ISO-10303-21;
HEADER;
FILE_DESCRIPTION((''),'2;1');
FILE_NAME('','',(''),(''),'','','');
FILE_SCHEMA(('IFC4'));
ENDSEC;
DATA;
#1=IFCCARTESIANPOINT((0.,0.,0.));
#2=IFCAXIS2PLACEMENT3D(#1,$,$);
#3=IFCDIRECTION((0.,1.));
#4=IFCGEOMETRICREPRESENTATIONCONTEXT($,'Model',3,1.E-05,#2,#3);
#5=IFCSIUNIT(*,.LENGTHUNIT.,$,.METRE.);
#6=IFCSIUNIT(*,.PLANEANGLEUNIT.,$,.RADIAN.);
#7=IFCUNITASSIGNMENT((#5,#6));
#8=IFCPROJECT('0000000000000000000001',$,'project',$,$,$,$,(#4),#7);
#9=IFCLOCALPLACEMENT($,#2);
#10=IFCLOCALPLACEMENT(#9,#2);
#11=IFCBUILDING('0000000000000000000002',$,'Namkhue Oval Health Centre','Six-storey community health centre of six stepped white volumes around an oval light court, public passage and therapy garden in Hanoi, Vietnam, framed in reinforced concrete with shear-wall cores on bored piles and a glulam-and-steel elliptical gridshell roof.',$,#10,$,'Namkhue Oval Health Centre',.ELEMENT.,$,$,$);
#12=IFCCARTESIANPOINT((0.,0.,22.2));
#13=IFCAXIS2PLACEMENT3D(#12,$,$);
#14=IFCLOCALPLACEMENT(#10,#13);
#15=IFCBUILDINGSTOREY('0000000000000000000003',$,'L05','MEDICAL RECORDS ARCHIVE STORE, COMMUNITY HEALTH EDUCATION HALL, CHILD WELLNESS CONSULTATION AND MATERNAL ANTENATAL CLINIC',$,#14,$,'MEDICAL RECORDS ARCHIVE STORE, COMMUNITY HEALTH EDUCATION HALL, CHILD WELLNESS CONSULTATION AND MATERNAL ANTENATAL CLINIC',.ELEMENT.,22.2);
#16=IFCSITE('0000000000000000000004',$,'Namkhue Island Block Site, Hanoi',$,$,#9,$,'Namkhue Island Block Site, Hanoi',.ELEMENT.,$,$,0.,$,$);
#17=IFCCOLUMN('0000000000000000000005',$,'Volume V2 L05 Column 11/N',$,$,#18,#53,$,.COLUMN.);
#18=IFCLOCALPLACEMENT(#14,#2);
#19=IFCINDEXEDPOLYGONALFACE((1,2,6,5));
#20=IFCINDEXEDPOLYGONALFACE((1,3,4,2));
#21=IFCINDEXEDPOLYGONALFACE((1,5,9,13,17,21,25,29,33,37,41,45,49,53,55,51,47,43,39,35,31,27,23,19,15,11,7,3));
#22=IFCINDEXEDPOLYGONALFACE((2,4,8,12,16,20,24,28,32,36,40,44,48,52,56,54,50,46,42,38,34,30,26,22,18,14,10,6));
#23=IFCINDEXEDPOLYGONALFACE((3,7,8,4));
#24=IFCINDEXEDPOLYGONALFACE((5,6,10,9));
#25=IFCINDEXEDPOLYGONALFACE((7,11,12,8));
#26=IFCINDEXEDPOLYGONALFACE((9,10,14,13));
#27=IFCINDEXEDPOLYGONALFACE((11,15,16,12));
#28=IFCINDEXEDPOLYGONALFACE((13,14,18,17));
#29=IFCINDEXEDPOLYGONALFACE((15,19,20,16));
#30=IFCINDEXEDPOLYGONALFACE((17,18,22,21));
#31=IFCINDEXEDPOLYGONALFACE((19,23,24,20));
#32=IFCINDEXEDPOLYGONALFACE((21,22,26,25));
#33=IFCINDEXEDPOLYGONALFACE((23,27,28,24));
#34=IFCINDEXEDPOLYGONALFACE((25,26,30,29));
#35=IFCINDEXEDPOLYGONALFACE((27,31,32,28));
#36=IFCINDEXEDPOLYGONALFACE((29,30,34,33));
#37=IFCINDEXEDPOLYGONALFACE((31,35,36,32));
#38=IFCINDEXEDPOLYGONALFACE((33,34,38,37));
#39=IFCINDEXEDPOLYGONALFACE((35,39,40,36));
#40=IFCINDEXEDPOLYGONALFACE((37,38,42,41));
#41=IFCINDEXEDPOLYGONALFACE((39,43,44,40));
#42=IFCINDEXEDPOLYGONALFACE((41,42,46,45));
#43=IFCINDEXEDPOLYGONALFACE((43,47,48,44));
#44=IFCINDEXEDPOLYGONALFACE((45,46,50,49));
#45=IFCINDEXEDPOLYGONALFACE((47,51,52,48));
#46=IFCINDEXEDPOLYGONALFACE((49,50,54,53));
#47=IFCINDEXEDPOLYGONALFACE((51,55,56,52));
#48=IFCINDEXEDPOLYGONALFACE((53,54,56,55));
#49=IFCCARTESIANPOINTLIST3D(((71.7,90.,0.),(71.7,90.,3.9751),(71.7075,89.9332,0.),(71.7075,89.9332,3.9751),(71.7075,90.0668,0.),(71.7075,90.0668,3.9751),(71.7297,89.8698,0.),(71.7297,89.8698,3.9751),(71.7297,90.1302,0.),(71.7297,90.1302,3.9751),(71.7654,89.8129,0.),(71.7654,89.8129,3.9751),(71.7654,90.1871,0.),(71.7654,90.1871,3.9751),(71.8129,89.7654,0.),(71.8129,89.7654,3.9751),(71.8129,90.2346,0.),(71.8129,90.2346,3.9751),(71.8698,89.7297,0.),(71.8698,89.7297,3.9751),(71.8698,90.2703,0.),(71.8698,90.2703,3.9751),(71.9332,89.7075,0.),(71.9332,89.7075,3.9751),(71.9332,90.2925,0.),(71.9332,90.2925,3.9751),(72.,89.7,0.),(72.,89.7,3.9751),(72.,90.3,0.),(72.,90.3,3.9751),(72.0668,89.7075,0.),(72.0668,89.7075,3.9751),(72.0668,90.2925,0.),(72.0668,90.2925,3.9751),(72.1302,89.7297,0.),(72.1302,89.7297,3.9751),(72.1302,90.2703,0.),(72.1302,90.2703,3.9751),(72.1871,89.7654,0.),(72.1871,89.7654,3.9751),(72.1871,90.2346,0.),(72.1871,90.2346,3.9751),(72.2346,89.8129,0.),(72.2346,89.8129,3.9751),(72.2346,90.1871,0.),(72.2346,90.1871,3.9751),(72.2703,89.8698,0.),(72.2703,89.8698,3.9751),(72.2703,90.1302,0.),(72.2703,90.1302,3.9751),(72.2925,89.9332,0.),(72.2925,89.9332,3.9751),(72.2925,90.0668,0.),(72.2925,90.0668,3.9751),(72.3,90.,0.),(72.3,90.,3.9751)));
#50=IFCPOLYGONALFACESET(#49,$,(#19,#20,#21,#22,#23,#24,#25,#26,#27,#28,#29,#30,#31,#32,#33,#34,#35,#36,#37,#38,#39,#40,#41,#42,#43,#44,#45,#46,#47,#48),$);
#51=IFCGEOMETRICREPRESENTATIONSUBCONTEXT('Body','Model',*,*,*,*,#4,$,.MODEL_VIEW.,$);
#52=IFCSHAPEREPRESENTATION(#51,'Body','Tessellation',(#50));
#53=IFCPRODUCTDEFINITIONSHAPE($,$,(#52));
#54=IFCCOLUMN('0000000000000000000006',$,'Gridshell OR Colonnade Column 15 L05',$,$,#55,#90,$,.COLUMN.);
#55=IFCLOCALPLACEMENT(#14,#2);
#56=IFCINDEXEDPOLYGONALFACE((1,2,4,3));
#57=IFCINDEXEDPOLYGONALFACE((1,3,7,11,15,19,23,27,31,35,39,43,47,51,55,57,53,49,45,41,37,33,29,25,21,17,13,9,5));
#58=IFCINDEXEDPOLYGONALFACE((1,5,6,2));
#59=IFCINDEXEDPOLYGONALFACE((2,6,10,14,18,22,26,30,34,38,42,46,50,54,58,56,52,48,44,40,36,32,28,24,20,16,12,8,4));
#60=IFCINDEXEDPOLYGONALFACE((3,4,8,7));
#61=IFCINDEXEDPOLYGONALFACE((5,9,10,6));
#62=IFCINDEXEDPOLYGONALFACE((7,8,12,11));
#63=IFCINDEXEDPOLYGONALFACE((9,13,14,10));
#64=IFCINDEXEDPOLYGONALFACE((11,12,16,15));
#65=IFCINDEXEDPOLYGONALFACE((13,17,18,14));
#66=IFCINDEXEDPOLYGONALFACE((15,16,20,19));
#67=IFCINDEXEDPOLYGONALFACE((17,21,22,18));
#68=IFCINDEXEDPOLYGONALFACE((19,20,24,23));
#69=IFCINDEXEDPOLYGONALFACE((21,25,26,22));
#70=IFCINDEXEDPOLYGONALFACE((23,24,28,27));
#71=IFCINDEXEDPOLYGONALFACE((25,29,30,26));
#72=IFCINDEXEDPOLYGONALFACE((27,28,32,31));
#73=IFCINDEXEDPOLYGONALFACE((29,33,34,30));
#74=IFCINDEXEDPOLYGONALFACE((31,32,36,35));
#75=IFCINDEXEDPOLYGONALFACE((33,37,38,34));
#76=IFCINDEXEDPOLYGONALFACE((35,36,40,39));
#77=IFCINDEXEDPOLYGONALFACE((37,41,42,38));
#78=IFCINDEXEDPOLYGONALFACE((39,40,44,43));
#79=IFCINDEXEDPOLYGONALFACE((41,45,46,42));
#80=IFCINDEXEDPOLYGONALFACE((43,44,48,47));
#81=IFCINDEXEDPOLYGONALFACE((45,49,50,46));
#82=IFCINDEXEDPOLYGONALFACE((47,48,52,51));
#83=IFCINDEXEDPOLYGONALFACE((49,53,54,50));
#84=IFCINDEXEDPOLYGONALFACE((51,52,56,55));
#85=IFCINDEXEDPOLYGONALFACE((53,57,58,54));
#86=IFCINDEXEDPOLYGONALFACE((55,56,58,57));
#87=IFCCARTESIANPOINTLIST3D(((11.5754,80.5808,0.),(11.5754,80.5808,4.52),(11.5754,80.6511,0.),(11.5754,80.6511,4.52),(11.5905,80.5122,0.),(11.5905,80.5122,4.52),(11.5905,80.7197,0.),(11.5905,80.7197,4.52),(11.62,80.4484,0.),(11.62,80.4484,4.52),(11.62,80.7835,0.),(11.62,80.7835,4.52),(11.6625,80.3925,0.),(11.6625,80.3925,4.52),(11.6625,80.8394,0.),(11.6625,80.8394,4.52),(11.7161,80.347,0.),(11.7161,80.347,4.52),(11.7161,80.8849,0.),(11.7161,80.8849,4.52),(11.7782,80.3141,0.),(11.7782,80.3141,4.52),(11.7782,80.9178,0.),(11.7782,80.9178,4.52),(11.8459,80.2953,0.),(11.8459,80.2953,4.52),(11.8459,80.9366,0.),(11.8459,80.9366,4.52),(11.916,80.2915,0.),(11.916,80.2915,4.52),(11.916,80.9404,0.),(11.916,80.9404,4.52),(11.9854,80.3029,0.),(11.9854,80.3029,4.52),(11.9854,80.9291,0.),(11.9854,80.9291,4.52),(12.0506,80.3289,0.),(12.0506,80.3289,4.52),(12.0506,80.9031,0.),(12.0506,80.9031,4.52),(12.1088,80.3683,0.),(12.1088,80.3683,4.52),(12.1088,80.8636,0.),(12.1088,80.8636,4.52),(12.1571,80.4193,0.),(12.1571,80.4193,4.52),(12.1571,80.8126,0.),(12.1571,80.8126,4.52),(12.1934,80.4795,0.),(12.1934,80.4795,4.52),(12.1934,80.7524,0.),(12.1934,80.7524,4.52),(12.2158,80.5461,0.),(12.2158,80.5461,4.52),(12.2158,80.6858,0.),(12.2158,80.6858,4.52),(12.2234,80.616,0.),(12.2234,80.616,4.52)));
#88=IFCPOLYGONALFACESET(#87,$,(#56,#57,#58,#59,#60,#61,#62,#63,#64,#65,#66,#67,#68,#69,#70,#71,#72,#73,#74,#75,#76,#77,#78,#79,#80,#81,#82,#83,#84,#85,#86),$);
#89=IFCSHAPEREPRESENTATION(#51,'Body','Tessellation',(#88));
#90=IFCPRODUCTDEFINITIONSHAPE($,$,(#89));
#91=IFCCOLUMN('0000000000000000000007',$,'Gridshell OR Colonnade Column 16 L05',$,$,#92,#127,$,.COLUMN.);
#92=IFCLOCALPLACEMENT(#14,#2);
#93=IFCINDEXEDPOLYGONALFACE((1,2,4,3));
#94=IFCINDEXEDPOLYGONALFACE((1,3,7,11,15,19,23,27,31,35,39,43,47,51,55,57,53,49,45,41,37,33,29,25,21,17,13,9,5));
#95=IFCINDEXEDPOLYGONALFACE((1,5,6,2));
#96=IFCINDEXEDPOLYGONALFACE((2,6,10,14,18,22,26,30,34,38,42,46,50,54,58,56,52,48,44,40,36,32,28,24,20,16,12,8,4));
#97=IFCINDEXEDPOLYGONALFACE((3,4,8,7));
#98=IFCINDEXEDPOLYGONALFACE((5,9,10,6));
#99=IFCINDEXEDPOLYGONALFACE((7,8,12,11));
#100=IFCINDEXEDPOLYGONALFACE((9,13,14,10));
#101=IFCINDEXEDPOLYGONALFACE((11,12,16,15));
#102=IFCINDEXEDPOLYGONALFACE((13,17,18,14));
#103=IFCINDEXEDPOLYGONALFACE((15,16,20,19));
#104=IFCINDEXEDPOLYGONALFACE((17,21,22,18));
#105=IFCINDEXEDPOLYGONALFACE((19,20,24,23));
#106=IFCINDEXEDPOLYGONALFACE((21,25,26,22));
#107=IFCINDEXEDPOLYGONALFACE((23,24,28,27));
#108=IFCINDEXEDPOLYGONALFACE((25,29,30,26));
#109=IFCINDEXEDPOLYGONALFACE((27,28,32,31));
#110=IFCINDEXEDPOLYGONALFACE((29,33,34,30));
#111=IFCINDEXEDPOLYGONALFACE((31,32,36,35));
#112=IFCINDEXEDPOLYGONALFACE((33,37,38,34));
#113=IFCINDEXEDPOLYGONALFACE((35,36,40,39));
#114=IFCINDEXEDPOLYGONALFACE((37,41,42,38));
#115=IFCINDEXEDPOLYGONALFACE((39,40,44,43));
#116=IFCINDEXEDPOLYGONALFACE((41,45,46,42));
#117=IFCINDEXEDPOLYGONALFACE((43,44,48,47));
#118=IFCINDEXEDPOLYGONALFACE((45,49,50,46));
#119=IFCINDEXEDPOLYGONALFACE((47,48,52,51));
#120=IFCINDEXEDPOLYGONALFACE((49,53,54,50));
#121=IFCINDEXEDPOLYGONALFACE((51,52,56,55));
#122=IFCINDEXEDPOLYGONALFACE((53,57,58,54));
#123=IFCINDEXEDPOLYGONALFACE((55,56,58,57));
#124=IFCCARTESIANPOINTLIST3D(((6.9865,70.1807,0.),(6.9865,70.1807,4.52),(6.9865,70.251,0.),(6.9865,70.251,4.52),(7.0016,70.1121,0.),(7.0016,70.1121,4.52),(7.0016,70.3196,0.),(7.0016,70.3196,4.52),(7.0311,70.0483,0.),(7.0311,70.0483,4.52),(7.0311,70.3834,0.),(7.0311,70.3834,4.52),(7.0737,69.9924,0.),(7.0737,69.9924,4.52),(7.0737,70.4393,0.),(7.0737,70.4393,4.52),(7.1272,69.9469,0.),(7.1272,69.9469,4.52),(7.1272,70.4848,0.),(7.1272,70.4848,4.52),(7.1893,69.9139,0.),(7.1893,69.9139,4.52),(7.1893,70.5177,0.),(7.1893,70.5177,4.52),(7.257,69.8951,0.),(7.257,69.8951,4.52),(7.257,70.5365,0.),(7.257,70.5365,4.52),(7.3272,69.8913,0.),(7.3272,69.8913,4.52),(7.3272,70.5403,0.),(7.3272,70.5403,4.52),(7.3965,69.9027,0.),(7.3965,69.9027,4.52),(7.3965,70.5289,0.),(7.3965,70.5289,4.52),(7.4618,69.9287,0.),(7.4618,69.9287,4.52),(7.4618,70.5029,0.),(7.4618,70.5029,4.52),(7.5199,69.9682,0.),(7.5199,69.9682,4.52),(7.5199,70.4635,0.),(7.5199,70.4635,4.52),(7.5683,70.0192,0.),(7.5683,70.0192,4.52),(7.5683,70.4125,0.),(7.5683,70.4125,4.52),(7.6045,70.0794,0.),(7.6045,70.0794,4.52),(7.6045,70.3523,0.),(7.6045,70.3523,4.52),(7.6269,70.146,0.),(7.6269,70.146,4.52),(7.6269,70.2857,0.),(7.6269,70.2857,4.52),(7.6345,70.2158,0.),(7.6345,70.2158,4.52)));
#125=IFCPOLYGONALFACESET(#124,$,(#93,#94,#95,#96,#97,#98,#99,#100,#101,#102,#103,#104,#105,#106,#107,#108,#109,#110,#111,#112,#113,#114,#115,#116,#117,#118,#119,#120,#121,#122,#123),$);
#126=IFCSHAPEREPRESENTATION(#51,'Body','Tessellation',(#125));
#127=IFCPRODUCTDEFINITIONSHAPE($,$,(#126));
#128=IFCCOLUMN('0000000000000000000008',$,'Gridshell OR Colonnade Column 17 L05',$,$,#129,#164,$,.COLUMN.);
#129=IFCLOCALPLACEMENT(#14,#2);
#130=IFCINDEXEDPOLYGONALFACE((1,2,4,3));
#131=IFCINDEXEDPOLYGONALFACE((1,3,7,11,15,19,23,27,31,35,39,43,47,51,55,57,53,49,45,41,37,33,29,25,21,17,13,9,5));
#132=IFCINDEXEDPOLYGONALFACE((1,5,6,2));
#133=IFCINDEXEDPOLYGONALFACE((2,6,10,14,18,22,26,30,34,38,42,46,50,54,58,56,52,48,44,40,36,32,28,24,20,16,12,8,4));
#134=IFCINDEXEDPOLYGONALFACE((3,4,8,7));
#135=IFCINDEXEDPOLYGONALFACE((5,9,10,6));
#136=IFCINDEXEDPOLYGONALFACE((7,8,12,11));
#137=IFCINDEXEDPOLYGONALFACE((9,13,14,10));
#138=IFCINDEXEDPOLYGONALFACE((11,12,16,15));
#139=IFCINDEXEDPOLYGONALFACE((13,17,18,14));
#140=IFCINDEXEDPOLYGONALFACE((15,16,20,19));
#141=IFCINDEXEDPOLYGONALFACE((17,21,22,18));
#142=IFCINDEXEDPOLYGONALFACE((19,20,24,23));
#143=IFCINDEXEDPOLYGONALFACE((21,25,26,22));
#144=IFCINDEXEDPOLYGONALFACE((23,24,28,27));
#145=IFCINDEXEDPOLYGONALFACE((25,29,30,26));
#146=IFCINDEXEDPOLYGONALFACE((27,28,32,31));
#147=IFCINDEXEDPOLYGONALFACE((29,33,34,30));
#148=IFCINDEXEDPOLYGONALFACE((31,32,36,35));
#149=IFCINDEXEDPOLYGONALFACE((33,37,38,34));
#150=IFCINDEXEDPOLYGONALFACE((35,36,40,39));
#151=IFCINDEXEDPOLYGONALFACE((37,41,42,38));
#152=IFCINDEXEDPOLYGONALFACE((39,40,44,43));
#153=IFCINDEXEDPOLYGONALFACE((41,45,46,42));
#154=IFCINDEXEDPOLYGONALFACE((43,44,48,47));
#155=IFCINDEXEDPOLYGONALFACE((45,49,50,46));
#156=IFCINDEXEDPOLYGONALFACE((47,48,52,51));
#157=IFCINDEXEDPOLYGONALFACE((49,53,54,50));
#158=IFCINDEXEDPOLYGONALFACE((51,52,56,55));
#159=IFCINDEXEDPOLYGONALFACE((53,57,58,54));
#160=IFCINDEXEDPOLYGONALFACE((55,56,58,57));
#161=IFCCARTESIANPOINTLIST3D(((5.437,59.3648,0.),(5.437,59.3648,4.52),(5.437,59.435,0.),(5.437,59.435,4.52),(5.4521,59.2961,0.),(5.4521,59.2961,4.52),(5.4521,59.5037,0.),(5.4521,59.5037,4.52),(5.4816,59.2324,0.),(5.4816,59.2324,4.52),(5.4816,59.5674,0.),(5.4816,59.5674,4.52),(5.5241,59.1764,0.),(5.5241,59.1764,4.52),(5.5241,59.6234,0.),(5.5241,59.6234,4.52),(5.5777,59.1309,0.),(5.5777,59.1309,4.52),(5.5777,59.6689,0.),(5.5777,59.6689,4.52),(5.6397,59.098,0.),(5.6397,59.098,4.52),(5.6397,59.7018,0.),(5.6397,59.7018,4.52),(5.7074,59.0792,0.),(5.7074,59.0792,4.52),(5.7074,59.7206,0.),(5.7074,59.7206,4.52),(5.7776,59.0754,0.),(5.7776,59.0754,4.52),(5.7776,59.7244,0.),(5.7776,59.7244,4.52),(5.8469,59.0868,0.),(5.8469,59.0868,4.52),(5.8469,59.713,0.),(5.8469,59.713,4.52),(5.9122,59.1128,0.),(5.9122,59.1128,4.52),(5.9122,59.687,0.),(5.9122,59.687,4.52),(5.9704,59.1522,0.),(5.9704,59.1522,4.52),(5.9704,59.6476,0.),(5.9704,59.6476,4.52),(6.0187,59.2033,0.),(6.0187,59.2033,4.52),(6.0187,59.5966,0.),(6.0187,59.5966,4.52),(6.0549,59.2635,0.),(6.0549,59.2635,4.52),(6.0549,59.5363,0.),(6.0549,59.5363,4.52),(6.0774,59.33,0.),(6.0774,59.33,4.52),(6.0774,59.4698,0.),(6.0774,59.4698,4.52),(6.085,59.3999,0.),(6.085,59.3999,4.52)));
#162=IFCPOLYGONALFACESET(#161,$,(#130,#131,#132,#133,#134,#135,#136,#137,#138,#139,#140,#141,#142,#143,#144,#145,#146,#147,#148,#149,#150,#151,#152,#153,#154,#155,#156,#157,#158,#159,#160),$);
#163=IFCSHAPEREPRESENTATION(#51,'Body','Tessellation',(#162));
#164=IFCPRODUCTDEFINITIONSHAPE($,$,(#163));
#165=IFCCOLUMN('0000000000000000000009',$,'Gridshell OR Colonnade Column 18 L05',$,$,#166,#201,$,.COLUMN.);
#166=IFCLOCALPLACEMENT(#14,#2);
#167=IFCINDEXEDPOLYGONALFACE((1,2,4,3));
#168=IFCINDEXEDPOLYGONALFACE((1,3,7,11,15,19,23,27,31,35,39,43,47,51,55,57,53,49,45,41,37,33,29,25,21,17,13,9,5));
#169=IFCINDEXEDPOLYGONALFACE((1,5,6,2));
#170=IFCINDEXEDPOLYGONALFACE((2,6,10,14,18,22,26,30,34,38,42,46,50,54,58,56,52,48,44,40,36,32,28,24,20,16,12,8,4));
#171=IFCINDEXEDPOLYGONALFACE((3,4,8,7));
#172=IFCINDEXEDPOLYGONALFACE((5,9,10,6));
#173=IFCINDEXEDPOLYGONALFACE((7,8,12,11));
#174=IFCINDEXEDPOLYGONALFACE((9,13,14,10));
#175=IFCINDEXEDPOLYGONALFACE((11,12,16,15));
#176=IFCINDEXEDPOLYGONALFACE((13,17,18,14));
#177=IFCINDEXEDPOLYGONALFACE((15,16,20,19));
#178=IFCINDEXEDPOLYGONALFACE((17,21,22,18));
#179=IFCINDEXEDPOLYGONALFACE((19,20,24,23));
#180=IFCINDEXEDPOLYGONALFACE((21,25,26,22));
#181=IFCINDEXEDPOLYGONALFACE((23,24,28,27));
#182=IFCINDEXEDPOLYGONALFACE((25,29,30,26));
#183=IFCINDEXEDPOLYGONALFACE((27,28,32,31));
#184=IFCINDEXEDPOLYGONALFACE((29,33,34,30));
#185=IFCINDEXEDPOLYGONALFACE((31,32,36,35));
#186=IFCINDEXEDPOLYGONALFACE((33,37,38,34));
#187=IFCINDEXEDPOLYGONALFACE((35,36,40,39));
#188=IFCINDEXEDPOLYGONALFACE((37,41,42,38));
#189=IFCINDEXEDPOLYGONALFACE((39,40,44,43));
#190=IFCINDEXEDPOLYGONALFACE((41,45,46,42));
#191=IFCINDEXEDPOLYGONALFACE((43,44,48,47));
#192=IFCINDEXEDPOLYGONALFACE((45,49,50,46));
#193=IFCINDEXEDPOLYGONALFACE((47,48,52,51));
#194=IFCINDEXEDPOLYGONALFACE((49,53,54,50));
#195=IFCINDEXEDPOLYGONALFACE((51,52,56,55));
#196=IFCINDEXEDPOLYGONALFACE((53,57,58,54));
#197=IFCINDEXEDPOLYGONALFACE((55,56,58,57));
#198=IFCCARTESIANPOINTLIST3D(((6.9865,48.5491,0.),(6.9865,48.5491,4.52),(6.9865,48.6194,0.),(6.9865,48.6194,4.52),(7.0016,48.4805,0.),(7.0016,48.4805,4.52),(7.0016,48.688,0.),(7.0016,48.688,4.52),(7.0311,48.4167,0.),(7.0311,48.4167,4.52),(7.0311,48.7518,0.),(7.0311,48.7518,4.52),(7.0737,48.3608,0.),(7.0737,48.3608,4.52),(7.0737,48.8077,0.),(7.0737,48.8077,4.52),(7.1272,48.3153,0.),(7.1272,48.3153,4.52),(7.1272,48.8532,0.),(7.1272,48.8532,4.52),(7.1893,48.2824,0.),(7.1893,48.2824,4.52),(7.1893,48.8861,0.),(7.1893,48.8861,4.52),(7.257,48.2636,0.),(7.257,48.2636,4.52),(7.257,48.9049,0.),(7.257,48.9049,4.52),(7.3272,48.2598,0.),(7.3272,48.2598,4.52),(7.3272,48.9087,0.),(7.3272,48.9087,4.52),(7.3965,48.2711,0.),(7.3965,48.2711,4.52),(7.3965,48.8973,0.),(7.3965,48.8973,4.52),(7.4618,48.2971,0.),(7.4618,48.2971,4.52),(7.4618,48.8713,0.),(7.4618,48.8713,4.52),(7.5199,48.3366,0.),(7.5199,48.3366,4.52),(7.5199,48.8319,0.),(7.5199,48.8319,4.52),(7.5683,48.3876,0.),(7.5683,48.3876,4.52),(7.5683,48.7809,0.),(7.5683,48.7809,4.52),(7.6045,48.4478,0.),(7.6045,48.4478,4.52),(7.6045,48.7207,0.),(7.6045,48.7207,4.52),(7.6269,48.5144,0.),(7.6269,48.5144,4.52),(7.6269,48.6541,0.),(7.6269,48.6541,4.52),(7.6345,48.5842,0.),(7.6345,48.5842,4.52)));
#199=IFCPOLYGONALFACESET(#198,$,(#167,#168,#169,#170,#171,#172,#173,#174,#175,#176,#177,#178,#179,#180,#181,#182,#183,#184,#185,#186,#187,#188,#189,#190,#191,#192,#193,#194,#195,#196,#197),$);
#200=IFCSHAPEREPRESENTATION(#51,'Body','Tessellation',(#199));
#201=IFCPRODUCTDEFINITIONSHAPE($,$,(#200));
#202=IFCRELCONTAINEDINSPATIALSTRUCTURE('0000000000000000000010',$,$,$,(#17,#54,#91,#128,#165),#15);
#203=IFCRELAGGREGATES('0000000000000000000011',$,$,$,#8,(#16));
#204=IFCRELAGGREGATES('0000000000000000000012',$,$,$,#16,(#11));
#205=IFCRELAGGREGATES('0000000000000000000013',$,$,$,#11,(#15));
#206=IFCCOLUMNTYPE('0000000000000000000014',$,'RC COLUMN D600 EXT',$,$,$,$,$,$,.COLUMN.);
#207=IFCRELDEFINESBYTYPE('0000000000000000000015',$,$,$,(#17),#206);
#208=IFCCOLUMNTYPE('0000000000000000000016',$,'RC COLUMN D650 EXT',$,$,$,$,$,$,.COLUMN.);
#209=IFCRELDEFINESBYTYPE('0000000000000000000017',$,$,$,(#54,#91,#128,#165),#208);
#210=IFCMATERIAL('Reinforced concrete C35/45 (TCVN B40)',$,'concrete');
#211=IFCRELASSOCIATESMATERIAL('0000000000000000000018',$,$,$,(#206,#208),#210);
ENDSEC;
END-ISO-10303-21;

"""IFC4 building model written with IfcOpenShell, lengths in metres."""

from ifc_helpers import new_model, si_unit, direction, frame, origin, origin_2d, place, context, subcontext, project, spatial, circle, extrude, material, material_profile, profile_set, type_object, element, save


model = new_model("IFC4")

# Units and contexts
model_context = context("Model", 3, precision=1e-05, world=origin(), true_north=direction((0.0, 1.0)))
body_context = subcontext(model_context, "Body", "Model", "MODEL_VIEW")
ifc_project = project(units=[si_unit("LENGTHUNIT", "METRE"), si_unit("PLANEANGLEUNIT", "RADIAN")], contexts=[model_context])

# Site, building, storey
site_placement = place(None, origin())
site = spatial("IfcSite", under=ifc_project, at=site_placement, Name="Namkhue Island Block Site, Hanoi", LongName="Namkhue Island Block Site, Hanoi", CompositionType="ELEMENT", RefElevation=0.0)
building_placement = place(site_placement, origin())
building = spatial("IfcBuilding", under=site, at=building_placement, Name="Namkhue Oval Health Centre", Description="Six-storey community health centre of six stepped white volumes around an oval light court, public passage and therapy garden in Hanoi, Vietnam, framed in reinforced concrete with shear-wall cores on bored piles and a glulam-and-steel elliptical gridshell roof.", LongName="Namkhue Oval Health Centre", CompositionType="ELEMENT")
storey_placement = place(building_placement, frame((0.0, 0.0, 22.2)))
storey = spatial("IfcBuildingStorey", under=building, at=storey_placement, Name="L05", Description="MEDICAL RECORDS ARCHIVE STORE, COMMUNITY HEALTH EDUCATION HALL, CHILD WELLNESS CONSULTATION AND MATERNAL ANTENATAL CLINIC", LongName="MEDICAL RECORDS ARCHIVE STORE, COMMUNITY HEALTH EDUCATION HALL, CHILD WELLNESS CONSULTATION AND MATERNAL ANTENATAL CLINIC", CompositionType="ELEMENT", Elevation=22.2)

# Columns
ifc_material_1 = material(Name="Reinforced concrete C35/45 (TCVN B40)", Category="concrete")
ifc_material_profile_1 = material_profile(ifc_material_1, circle(Radius=0.3, at=origin_2d()), Name="RC D600")
ifc_profile_set_1 = profile_set([ifc_material_profile_1], Name="Reinforced concrete C35/45 (TCVN B40)")
column_type_1 = type_object("IfcColumnType", Name="RC COLUMN D600 EXT", PredefinedType="COLUMN", material=ifc_profile_set_1)
column_placement = place(storey_placement, frame((72.0, 90.0, 0.0), z_axis=(0.0, 0.0, 1.0), x_axis=(1.0, 0.0, 0.0)))
element("IfcColumn", 1, at=column_placement, inside=storey, type_object=column_type_1, Name="Volume V2 L05 Column 11/N", PredefinedType="COLUMN", context=body_context, shape_type="SweptSolid", body=[
    extrude(circle(Radius=0.3, at=origin_2d()), origin(), (0.0, 0.0, 1.0), 3.9751),
])
ifc_material_profile_2 = material_profile(ifc_material_1, circle(Radius=0.325, at=origin_2d()), Name="RC D650")
ifc_profile_set_2 = profile_set([ifc_material_profile_2], Name="Reinforced concrete C35/45 (TCVN B40)")
column_type_2 = type_object("IfcColumnType", Name="RC COLUMN D650 EXT", PredefinedType="COLUMN", material=ifc_profile_set_2)
for number, where, z_axis, x_axis, name in (
    (2, (11.8984, 80.616, 0.0), (0.0, 0.0, 1.0), (1.0, 0.0, 0.0), "Gridshell OR Colonnade Column 15 L05"),
    (3, (7.3096, 70.2158, 0.0), (0.0, 0.0, 1.0), (1.0, 0.0, 0.0), "Gridshell OR Colonnade Column 16 L05"),
    (4, (5.76, 59.3999, 0.0), (0.0, 0.0, 1.0), (1.0, 0.0, 0.0), "Gridshell OR Colonnade Column 17 L05"),
    (5, (7.3096, 48.5842, 0.0), (0.0, 0.0, 1.0), (1.0, 0.0, 0.0), "Gridshell OR Colonnade Column 18 L05"),
):
    element("IfcColumn", number, at=place(storey_placement, frame(where, z_axis=z_axis, x_axis=x_axis)), inside=storey, type_object=column_type_2, Name=name, PredefinedType="COLUMN", context=body_context, shape_type="SweptSolid", body=[
        extrude(circle(Radius=0.325, at=origin_2d()), origin(), (0.0, 0.0, 1.0), 4.52),
    ])

save(model, "model.ifc")
